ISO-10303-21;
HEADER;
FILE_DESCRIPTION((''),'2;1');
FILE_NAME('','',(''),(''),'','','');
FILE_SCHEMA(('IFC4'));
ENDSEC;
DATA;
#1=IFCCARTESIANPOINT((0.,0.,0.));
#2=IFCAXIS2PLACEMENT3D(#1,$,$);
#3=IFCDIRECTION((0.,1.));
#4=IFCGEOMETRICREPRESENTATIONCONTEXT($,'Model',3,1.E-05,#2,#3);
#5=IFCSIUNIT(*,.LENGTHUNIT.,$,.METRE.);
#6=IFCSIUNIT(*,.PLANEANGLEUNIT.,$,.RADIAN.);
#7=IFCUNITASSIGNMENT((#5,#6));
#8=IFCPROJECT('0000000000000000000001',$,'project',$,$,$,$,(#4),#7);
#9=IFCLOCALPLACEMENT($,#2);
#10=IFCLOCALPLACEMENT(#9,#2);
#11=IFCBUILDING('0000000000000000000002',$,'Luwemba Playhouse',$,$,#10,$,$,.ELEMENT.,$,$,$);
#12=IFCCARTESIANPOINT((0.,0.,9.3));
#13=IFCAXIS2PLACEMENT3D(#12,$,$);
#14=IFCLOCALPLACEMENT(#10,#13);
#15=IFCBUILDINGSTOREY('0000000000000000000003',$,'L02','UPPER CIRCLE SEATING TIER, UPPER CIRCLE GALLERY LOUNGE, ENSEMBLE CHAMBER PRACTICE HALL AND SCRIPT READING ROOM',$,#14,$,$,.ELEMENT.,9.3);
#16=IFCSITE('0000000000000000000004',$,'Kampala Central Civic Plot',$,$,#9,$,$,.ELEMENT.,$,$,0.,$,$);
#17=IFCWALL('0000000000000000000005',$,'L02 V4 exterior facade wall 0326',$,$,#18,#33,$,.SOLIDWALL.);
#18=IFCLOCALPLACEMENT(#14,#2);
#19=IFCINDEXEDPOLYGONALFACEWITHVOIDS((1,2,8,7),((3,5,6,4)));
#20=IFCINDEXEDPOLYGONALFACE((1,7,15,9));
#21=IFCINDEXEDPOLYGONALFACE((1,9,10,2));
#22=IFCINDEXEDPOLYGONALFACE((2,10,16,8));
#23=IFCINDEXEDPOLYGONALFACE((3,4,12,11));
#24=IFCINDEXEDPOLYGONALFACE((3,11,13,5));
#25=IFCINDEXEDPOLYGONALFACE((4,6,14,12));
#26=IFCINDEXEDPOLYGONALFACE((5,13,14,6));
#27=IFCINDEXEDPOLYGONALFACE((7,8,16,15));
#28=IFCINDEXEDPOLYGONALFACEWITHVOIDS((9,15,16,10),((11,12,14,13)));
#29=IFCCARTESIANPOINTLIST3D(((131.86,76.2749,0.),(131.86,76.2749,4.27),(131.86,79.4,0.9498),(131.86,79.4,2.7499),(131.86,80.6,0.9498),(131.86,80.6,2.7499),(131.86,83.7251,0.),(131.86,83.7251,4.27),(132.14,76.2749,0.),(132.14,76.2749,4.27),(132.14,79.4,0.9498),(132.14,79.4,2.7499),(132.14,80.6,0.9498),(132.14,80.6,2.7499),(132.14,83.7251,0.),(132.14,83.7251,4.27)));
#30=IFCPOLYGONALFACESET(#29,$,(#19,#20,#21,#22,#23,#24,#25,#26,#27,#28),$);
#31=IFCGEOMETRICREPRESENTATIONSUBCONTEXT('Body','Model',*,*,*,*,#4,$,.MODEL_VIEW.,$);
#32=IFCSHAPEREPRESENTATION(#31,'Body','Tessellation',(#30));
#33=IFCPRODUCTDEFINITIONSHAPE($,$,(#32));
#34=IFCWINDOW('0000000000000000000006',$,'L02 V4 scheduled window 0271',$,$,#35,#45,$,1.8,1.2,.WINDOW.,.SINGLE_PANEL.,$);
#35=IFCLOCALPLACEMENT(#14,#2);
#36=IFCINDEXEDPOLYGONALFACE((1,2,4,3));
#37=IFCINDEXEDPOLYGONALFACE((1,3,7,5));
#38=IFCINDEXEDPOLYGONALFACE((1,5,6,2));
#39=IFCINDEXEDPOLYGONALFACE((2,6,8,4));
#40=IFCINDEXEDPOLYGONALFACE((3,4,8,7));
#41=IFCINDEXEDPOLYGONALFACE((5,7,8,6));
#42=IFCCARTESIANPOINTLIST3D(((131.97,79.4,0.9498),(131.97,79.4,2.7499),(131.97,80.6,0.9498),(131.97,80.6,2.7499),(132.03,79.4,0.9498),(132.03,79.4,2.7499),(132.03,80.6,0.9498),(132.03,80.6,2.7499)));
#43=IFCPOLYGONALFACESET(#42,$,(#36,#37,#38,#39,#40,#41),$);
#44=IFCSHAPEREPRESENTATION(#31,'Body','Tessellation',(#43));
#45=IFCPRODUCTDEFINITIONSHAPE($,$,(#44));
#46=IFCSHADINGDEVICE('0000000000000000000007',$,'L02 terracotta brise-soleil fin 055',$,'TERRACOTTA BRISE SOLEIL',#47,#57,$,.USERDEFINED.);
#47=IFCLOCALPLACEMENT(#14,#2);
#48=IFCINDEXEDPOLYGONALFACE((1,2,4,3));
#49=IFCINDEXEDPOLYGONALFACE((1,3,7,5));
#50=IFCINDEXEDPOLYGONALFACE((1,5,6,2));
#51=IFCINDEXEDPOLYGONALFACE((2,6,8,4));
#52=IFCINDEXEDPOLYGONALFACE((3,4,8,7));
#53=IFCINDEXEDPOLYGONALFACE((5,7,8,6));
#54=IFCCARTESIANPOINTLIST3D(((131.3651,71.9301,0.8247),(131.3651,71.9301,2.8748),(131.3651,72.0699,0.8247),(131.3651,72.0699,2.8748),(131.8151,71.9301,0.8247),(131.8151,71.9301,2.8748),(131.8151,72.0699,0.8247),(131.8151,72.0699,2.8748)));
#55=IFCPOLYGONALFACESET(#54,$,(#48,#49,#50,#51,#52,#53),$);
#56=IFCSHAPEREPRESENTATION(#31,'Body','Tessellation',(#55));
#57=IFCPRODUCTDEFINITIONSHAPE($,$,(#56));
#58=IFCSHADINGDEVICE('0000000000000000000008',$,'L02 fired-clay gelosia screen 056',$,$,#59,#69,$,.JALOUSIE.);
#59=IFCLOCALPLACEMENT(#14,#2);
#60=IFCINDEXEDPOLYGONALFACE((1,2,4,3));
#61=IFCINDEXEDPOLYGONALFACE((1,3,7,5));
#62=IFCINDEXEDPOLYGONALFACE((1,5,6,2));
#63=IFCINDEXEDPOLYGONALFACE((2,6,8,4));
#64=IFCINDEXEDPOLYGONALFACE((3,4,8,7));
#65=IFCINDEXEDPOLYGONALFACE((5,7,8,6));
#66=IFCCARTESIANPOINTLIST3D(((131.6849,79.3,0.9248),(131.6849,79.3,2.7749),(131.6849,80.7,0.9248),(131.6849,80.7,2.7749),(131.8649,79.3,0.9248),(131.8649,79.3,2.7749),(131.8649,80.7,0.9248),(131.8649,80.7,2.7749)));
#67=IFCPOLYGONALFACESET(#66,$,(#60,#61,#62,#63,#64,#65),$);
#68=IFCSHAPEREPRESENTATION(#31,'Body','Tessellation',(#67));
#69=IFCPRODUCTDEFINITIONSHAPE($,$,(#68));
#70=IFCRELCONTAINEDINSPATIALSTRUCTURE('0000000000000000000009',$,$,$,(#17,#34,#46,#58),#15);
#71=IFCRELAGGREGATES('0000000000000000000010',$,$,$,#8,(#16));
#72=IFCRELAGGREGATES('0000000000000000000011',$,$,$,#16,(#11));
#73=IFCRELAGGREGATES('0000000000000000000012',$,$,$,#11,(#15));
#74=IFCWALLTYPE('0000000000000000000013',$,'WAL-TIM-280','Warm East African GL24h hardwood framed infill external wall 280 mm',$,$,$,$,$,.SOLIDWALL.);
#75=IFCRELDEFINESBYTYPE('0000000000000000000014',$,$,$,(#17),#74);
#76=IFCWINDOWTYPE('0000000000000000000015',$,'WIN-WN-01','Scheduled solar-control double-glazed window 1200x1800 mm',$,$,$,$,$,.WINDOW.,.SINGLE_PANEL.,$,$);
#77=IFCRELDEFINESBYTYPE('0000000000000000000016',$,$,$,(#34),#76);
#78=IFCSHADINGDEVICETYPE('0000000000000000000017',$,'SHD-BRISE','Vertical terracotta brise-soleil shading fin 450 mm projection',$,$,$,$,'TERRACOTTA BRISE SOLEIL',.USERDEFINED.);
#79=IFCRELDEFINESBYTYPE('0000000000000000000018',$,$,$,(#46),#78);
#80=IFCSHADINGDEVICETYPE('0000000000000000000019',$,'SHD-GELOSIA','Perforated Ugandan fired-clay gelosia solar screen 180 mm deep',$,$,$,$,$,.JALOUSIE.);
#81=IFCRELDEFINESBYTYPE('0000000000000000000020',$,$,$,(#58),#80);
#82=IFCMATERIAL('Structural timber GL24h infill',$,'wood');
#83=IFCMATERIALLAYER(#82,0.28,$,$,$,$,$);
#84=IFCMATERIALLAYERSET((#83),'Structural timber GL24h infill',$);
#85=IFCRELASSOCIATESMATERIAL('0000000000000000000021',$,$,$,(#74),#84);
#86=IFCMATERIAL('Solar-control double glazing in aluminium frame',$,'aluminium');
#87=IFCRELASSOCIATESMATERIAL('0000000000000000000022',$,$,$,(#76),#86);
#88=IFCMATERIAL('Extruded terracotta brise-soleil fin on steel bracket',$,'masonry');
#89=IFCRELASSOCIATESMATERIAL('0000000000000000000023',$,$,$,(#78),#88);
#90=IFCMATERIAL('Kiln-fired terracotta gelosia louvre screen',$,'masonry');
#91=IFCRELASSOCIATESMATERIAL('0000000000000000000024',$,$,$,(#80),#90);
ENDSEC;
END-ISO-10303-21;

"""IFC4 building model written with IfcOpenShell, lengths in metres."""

from ifc_helpers import new_model, si_unit, direction, frame, frame_2d, origin, origin_2d, place, context, subcontext, project, spatial, rectangle, extrude, material, layer, layer_set, type_object, element, fill, save


model = new_model("IFC4")

# Units and contexts
model_context = context("Model", 3, precision=1e-05, world=origin(), true_north=direction((0.0, 1.0)))
body_context = subcontext(model_context, "Body", "Model", "MODEL_VIEW")
ifc_project = project(units=[si_unit("LENGTHUNIT", "METRE"), si_unit("PLANEANGLEUNIT", "RADIAN")], contexts=[model_context])

# Site, building, storey
site_placement = place(None, origin())
site = spatial("IfcSite", under=ifc_project, at=site_placement, Name="Kampala Central Civic Plot", CompositionType="ELEMENT", RefElevation=0.0)
building_placement = place(site_placement, origin())
building = spatial("IfcBuilding", under=site, at=building_placement, Name="Luwemba Playhouse", CompositionType="ELEMENT")
storey_placement = place(building_placement, frame((0.0, 0.0, 9.3)))
storey = spatial("IfcBuildingStorey", under=building, at=storey_placement, Name="L02", Description="UPPER CIRCLE SEATING TIER, UPPER CIRCLE GALLERY LOUNGE, ENSEMBLE CHAMBER PRACTICE HALL AND SCRIPT READING ROOM", CompositionType="ELEMENT", Elevation=9.3)

# Wall, opening, window
ifc_material_1 = material(Name="Solar-control double glazing in aluminium frame", Category="aluminium")
ifc_material_2 = material(Name="Structural timber GL24h infill", Category="wood")
ifc_layer_1 = layer(ifc_material_2, 0.28)
ifc_layer_set_1 = layer_set([ifc_layer_1], Name="Structural timber GL24h infill")
wall_type_1 = type_object("IfcWallType", Name="WAL-TIM-280", Description="Warm East African GL24h hardwood framed infill external wall 280 mm", PredefinedType="SOLIDWALL", material=ifc_layer_set_1)
wall_1_placement = place(storey_placement, frame((132.0, 76.2749, 0.0), z_axis=(0.0, 0.0, 1.0), x_axis=(0.0, 1.0, 0.0)))
wall_1 = element("IfcWall", 1, at=wall_1_placement, inside=storey, type_object=wall_type_1, Name="L02 V4 exterior facade wall 0326", PredefinedType="SOLIDWALL", context=body_context, shape_type="SweptSolid", body=[
    extrude(rectangle(XDim=7.4502, YDim=0.28, at=frame_2d((3.7251, 0.0))), origin(), (0.0, 0.0, 1.0), 4.27),
])
opening_1_placement = place(wall_1_placement, frame((3.125, 0.0, 0.95)))
opening_1 = element("IfcOpeningElement", 2, at=opening_1_placement, cuts=wall_1, PredefinedType="OPENING", context=body_context, shape_type="SweptSolid", body=[
    extrude(rectangle(XDim=1.2, YDim=1.8, at=frame_2d((0.6001, 0.8999))), frame((0.0, 0.1499, 0.0), z_axis=(0.0, -1.0, 0.0), x_axis=(1.0, 0.0, 0.0)), (0.0, 0.0, 1.0), 0.3),
])
window_type_1 = type_object("IfcWindowType", Name="WIN-WN-01", Description="Scheduled solar-control double-glazed window 1200x1800 mm", PartitioningType="SINGLE_PANEL", PredefinedType="WINDOW", material=ifc_material_1)
window_1_placement = place(opening_1_placement, origin())
window_1 = element("IfcWindow", 3, at=window_1_placement, inside=storey, type_object=window_type_1, Name="L02 V4 scheduled window 0271", OverallHeight=1.8, OverallWidth=1.2, PartitioningType="SINGLE_PANEL", PredefinedType="WINDOW", context=body_context, shape_type="SweptSolid", body=[
    extrude(rectangle(XDim=1.2, YDim=1.8, at=frame_2d((0.6001, 0.8999))), frame((0.0, 0.03, 0.0), z_axis=(0.0, -1.0, 0.0), x_axis=(1.0, 0.0, 0.0)), (0.0, 0.0, 1.0), 0.0601),
])
fill(opening_1, window_1)

# Shading devices
ifc_material_3 = material(Name="Extruded terracotta brise-soleil fin on steel bracket", Category="masonry")
shading_device_type_1 = type_object("IfcShadingDeviceType", Name="SHD-BRISE", Description="Vertical terracotta brise-soleil shading fin 450 mm projection", ElementType="TERRACOTTA BRISE SOLEIL", PredefinedType="USERDEFINED", material=ifc_material_3)
shading_device_1_placement = place(storey_placement, frame((131.5901, 72.0, 0.8247), z_axis=(0.0, 0.0, 1.0), x_axis=(0.0, 1.0, 0.0)))
element("IfcShadingDevice", 4, at=shading_device_1_placement, inside=storey, type_object=shading_device_type_1, Name="L02 terracotta brise-soleil fin 055", ObjectType="TERRACOTTA BRISE SOLEIL", PredefinedType="USERDEFINED", context=body_context, shape_type="SweptSolid", body=[
    extrude(rectangle(XDim=0.1399, YDim=0.45, at=origin_2d()), origin(), (0.0, 0.0, 1.0), 2.05),
])
ifc_material_4 = material(Name="Kiln-fired terracotta gelosia louvre screen", Category="masonry")
shading_device_type_2 = type_object("IfcShadingDeviceType", Name="SHD-GELOSIA", Description="Perforated Ugandan fired-clay gelosia solar screen 180 mm deep", PredefinedType="JALOUSIE", material=ifc_material_4)
shading_device_2_placement = place(storey_placement, frame((131.7749, 80.0, 0.9248), z_axis=(0.0, 0.0, 1.0), x_axis=(0.0, 1.0, 0.0)))
element("IfcShadingDevice", 5, at=shading_device_2_placement, inside=storey, type_object=shading_device_type_2, Name="L02 fired-clay gelosia screen 056", PredefinedType="JALOUSIE", context=body_context, shape_type="SweptSolid", body=[
    extrude(rectangle(XDim=1.3999, YDim=0.1799, at=origin_2d()), origin(), (0.0, 0.0, 1.0), 1.8501),
])

save(model, "model.ifc")
